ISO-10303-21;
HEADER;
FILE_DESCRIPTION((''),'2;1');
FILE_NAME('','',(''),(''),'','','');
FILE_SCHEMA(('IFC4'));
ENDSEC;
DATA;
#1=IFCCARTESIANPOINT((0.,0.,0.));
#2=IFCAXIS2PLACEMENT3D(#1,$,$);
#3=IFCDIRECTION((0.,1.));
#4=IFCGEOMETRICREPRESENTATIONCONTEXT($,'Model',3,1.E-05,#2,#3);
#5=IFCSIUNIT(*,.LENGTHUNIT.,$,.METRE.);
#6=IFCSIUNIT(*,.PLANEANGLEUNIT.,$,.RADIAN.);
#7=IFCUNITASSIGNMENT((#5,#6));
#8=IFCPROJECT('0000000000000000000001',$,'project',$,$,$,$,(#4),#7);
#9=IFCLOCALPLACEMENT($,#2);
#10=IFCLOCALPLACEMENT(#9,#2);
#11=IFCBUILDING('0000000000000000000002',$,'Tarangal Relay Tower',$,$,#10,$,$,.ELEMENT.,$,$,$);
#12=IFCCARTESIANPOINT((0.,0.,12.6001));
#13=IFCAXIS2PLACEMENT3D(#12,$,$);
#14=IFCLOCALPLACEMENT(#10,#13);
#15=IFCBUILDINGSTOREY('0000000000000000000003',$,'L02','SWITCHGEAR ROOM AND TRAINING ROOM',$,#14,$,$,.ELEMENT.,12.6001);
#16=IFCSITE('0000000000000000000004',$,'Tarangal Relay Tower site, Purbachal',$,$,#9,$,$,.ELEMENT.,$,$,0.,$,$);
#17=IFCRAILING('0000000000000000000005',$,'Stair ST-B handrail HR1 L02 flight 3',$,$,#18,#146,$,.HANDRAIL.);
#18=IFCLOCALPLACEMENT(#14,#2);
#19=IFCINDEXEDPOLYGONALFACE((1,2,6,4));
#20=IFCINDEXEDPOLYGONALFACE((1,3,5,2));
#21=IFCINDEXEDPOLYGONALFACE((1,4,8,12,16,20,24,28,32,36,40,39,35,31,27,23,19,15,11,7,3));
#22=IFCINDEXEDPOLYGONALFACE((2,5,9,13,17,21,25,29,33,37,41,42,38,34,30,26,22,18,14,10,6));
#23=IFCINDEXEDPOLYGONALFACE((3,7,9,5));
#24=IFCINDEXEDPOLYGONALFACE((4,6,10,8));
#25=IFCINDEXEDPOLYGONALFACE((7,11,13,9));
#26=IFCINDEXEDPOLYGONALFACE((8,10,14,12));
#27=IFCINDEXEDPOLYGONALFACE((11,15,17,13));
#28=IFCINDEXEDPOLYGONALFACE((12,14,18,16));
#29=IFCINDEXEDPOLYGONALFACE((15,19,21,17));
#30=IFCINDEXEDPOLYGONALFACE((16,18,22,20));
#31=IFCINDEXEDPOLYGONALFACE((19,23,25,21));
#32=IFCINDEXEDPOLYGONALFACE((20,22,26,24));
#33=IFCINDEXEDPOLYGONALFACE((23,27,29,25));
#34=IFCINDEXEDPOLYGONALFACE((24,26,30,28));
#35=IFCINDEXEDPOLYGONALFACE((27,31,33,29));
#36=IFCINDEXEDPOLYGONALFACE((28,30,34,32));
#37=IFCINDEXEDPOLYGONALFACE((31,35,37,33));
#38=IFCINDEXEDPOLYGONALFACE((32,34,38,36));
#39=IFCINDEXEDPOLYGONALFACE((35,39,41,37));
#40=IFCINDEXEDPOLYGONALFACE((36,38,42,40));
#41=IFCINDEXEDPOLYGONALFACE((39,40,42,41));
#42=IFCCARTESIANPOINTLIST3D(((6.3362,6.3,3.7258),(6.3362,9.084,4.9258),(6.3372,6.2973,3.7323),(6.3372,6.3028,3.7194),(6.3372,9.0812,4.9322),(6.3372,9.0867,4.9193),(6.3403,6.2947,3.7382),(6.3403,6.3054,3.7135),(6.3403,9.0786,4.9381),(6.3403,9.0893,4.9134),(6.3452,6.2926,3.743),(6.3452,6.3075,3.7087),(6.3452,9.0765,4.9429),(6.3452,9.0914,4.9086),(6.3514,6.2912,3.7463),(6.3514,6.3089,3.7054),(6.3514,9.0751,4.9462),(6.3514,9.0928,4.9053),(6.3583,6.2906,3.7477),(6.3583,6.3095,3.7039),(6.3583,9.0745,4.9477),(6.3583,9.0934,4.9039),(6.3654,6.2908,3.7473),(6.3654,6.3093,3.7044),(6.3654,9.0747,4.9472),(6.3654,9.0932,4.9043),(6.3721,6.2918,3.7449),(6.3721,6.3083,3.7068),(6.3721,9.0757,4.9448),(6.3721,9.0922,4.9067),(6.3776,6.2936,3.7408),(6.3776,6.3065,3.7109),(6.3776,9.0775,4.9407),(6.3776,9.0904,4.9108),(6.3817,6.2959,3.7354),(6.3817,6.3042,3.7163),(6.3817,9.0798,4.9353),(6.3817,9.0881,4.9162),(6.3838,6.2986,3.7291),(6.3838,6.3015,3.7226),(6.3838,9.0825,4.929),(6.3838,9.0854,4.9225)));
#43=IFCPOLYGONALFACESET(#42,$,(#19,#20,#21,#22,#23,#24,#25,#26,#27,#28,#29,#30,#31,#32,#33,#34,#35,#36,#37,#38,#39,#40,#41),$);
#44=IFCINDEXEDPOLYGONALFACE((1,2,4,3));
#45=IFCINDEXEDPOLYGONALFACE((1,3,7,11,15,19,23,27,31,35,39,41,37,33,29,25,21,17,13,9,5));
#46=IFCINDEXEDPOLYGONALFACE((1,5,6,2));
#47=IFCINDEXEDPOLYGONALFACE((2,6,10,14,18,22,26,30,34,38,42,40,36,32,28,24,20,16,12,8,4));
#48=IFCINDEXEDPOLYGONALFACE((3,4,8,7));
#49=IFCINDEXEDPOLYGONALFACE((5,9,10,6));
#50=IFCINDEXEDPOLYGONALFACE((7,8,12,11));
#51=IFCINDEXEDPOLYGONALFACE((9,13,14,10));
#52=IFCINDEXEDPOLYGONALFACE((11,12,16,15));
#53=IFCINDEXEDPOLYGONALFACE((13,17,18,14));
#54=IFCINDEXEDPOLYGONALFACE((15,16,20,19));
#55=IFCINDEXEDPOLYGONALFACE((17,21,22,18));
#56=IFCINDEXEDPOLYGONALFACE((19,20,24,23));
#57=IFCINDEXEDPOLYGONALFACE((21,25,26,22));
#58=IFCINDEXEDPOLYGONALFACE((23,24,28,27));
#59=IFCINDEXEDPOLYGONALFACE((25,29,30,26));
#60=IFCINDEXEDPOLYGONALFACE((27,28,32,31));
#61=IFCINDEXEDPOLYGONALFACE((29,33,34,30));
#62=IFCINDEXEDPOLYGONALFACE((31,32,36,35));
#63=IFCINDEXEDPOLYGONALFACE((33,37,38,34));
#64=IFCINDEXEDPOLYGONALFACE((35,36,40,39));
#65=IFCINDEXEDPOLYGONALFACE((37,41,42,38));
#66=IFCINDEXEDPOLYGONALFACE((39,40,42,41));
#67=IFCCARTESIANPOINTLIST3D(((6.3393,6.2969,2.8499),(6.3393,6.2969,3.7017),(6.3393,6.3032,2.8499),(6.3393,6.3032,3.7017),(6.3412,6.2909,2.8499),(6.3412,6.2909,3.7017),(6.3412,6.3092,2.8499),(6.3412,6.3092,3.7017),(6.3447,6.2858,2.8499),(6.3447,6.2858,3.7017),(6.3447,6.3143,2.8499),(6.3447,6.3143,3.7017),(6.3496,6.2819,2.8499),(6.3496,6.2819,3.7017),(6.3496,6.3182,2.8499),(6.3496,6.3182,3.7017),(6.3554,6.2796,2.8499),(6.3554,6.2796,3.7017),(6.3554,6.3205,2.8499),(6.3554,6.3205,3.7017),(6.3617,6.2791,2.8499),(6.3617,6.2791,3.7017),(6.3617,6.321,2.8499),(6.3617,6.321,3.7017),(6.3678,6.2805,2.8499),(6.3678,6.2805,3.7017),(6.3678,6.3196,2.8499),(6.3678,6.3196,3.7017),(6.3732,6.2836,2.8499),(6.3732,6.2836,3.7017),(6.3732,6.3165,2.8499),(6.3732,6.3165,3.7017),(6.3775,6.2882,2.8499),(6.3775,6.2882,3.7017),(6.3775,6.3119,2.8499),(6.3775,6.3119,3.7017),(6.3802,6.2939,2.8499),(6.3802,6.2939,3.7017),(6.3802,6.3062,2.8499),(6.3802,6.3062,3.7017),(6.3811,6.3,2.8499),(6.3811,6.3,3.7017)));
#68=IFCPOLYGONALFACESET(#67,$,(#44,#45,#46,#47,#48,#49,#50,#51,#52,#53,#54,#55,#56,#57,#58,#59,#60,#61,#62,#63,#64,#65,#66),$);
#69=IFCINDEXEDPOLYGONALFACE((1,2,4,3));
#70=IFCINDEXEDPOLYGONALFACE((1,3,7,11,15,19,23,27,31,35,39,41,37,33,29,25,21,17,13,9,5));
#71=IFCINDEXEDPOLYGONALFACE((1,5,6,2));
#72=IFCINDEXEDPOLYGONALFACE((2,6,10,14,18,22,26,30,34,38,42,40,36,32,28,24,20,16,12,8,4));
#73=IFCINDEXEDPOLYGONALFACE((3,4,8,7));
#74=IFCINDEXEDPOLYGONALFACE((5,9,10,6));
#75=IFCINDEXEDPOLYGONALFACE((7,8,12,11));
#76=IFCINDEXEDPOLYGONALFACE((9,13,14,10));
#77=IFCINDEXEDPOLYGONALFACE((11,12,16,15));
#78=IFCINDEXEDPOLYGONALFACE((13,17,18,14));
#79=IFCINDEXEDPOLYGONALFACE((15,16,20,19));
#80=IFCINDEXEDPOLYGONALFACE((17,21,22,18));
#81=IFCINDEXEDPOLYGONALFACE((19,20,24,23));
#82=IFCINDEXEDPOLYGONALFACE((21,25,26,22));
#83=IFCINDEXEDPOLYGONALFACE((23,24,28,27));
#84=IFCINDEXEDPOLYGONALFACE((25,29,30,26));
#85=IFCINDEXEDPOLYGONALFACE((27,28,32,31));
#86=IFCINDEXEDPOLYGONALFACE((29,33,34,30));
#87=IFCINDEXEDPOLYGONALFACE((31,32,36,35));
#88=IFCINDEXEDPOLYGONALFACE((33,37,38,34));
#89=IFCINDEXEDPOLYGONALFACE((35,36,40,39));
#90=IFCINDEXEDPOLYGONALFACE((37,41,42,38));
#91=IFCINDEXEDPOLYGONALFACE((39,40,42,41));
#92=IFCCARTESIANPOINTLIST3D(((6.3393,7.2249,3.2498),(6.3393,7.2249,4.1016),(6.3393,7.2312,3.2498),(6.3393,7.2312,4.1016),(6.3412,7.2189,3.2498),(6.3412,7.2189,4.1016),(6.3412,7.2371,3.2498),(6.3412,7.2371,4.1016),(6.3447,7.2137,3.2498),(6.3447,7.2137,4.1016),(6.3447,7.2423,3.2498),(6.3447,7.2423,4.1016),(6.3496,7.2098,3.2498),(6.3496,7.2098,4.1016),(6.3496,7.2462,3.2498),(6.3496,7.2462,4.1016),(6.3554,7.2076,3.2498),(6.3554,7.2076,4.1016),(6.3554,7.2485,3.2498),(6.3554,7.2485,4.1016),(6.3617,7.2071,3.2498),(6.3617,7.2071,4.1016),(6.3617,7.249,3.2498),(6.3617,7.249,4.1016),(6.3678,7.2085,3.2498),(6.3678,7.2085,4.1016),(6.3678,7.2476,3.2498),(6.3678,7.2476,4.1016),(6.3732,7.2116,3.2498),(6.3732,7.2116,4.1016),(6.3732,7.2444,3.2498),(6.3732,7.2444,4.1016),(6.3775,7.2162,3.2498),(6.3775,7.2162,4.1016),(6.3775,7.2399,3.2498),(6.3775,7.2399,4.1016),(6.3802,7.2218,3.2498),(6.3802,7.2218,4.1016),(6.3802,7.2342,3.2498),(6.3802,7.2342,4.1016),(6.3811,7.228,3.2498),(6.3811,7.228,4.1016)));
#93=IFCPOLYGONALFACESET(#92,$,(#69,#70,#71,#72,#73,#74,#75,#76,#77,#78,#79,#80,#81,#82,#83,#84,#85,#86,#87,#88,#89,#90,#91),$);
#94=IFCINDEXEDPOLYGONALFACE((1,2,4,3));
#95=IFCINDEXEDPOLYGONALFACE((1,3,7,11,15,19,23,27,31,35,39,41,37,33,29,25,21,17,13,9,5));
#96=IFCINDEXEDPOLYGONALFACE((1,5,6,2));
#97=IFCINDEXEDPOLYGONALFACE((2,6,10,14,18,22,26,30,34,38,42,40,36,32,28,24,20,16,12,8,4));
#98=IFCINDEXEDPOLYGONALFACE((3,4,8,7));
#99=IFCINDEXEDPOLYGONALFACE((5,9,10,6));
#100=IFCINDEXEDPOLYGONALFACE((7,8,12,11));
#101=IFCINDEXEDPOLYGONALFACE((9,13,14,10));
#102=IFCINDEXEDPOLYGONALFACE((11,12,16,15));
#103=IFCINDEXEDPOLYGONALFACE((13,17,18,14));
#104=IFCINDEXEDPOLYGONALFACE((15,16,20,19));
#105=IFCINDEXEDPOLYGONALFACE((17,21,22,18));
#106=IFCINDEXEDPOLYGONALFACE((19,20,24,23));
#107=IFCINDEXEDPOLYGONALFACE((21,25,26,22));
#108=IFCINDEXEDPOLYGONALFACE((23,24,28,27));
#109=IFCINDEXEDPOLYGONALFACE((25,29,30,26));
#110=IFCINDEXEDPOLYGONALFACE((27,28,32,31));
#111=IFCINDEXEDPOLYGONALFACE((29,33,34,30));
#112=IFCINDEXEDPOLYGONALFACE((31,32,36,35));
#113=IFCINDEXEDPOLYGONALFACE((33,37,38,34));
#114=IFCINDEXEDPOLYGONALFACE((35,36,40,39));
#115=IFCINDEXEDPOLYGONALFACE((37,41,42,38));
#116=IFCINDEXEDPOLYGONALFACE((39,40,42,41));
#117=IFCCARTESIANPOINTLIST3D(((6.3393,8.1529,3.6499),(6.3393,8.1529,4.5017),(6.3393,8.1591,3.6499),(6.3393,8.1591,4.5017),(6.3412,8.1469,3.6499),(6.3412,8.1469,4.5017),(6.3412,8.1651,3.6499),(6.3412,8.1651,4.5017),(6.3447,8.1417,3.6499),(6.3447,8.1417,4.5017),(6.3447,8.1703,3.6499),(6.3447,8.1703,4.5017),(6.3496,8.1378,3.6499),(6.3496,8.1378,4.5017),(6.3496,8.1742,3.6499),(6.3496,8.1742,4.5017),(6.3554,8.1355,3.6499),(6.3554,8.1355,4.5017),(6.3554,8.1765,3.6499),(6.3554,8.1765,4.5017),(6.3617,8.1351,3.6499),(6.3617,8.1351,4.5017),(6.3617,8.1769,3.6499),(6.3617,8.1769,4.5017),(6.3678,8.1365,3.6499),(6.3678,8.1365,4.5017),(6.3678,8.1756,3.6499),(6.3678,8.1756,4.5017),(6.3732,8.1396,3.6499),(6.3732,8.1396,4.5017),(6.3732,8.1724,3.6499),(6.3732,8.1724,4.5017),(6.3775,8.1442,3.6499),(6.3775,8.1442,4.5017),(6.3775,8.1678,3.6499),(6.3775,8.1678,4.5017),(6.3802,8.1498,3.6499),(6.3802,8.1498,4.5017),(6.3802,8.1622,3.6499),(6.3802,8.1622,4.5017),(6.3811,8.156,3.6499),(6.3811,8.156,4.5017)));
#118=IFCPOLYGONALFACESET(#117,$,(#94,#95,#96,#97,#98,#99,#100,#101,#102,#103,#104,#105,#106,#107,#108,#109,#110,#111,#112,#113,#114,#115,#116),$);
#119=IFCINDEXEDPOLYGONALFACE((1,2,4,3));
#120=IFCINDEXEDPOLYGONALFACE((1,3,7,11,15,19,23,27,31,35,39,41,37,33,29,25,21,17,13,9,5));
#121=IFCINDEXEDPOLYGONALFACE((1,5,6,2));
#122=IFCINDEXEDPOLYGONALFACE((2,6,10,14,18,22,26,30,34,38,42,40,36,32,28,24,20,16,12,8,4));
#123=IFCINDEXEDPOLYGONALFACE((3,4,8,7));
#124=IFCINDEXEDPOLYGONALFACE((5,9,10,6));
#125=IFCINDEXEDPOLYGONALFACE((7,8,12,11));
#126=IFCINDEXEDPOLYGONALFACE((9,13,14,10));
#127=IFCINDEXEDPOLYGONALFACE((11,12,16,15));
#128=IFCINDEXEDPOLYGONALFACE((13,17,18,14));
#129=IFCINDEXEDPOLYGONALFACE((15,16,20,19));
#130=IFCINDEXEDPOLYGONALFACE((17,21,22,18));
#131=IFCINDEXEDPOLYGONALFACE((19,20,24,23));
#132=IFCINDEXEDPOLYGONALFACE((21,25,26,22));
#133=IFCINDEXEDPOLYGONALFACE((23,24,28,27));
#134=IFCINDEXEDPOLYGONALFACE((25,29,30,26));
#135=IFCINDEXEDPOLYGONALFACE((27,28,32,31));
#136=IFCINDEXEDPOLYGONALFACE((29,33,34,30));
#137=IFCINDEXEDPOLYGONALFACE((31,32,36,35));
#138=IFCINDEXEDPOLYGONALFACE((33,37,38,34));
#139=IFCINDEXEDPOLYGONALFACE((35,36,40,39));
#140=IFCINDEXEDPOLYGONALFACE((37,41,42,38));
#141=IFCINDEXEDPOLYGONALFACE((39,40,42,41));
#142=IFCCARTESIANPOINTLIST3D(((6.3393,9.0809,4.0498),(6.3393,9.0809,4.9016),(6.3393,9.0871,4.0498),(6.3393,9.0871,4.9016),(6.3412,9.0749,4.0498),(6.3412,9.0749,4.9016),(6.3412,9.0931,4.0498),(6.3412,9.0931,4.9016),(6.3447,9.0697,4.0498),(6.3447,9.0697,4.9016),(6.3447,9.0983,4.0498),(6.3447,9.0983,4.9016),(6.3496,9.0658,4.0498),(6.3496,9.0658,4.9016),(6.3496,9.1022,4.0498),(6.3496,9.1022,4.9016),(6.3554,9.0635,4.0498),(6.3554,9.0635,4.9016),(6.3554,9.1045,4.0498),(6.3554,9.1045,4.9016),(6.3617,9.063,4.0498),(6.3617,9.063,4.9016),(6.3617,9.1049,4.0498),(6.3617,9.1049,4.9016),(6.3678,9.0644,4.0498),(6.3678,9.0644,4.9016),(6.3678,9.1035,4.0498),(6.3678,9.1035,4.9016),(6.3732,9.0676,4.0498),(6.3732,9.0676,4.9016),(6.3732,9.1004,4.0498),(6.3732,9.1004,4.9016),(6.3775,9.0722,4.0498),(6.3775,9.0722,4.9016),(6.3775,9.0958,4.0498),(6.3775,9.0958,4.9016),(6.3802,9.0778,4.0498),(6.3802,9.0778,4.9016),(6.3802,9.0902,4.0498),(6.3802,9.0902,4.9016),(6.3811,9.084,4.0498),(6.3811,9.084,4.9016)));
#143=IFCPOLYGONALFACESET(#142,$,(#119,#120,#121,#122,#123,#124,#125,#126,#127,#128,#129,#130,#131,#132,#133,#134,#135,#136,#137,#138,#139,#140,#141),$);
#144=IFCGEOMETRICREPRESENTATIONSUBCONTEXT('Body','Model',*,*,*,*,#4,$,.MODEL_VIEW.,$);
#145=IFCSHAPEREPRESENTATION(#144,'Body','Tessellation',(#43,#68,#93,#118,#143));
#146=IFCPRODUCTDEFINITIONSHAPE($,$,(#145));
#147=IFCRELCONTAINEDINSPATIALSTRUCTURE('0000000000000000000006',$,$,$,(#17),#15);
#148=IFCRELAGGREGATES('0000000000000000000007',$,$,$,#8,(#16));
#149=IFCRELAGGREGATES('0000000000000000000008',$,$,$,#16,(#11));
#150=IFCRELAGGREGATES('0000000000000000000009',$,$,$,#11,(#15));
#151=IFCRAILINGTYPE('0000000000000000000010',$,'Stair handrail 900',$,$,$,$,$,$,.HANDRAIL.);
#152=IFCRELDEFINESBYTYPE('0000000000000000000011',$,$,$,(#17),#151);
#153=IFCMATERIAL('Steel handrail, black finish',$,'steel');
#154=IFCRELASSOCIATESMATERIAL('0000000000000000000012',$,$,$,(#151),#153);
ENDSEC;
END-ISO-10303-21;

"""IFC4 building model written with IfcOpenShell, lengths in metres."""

from ifc_helpers import new_model, si_unit, direction, frame, origin, origin_2d, place, context, subcontext, project, spatial, circle, extrude, material, type_object, element, save


model = new_model("IFC4")

# Units and contexts
model_context = context("Model", 3, precision=1e-05, world=origin(), true_north=direction((0.0, 1.0)))
body_context = subcontext(model_context, "Body", "Model", "MODEL_VIEW")
ifc_project = project(units=[si_unit("LENGTHUNIT", "METRE"), si_unit("PLANEANGLEUNIT", "RADIAN")], contexts=[model_context])

# Site, building, storey
site_placement = place(None, origin())
site = spatial("IfcSite", under=ifc_project, at=site_placement, Name="Tarangal Relay Tower site, Purbachal", CompositionType="ELEMENT", RefElevation=0.0)
building_placement = place(site_placement, origin())
building = spatial("IfcBuilding", under=site, at=building_placement, Name="Tarangal Relay Tower", CompositionType="ELEMENT")
storey_placement = place(building_placement, frame((0.0, 0.0, 12.6001)))
storey = spatial("IfcBuildingStorey", under=building, at=storey_placement, Name="L02", Description="SWITCHGEAR ROOM AND TRAINING ROOM", CompositionType="ELEMENT", Elevation=12.6001)

# Railing
ifc_material_1 = material(Name="Steel handrail, black finish", Category="steel")
railing_type_1 = type_object("IfcRailingType", Name="Stair handrail 900", PredefinedType="HANDRAIL", material=ifc_material_1)
railing_1_placement = place(storey_placement, frame((6.3601, 6.3, 2.8499)))
element("IfcRailing", 1, at=railing_1_placement, inside=storey, type_object=railing_type_1, Name="Stair ST-B handrail HR1 L02 flight 3", PredefinedType="HANDRAIL", context=body_context, shape_type="SweptSolid", body=[
    extrude(circle(Radius=0.0239, at=origin_2d()), frame((0.0, 0.0, 0.876), z_axis=(0.0, 0.918327, 0.395823), x_axis=(-1.0, 0.0, 0.0)), (0.0, 0.0, 1.0), 3.0315),
    extrude(circle(Radius=0.021, at=origin_2d()), origin(), (0.0, 0.0, 1.0), 0.8518),
    extrude(circle(Radius=0.021, at=origin_2d()), frame((0.0, 0.928, 0.3999)), (0.0, 0.0, 1.0), 0.8518),
    extrude(circle(Radius=0.021, at=origin_2d()), frame((0.0, 1.856, 0.8)), (0.0, 0.0, 1.0), 0.8518),
    extrude(circle(Radius=0.021, at=origin_2d()), frame((0.0, 2.7839, 1.2)), (0.0, 0.0, 1.0), 0.8518),
])

save(model, "model.ifc")
